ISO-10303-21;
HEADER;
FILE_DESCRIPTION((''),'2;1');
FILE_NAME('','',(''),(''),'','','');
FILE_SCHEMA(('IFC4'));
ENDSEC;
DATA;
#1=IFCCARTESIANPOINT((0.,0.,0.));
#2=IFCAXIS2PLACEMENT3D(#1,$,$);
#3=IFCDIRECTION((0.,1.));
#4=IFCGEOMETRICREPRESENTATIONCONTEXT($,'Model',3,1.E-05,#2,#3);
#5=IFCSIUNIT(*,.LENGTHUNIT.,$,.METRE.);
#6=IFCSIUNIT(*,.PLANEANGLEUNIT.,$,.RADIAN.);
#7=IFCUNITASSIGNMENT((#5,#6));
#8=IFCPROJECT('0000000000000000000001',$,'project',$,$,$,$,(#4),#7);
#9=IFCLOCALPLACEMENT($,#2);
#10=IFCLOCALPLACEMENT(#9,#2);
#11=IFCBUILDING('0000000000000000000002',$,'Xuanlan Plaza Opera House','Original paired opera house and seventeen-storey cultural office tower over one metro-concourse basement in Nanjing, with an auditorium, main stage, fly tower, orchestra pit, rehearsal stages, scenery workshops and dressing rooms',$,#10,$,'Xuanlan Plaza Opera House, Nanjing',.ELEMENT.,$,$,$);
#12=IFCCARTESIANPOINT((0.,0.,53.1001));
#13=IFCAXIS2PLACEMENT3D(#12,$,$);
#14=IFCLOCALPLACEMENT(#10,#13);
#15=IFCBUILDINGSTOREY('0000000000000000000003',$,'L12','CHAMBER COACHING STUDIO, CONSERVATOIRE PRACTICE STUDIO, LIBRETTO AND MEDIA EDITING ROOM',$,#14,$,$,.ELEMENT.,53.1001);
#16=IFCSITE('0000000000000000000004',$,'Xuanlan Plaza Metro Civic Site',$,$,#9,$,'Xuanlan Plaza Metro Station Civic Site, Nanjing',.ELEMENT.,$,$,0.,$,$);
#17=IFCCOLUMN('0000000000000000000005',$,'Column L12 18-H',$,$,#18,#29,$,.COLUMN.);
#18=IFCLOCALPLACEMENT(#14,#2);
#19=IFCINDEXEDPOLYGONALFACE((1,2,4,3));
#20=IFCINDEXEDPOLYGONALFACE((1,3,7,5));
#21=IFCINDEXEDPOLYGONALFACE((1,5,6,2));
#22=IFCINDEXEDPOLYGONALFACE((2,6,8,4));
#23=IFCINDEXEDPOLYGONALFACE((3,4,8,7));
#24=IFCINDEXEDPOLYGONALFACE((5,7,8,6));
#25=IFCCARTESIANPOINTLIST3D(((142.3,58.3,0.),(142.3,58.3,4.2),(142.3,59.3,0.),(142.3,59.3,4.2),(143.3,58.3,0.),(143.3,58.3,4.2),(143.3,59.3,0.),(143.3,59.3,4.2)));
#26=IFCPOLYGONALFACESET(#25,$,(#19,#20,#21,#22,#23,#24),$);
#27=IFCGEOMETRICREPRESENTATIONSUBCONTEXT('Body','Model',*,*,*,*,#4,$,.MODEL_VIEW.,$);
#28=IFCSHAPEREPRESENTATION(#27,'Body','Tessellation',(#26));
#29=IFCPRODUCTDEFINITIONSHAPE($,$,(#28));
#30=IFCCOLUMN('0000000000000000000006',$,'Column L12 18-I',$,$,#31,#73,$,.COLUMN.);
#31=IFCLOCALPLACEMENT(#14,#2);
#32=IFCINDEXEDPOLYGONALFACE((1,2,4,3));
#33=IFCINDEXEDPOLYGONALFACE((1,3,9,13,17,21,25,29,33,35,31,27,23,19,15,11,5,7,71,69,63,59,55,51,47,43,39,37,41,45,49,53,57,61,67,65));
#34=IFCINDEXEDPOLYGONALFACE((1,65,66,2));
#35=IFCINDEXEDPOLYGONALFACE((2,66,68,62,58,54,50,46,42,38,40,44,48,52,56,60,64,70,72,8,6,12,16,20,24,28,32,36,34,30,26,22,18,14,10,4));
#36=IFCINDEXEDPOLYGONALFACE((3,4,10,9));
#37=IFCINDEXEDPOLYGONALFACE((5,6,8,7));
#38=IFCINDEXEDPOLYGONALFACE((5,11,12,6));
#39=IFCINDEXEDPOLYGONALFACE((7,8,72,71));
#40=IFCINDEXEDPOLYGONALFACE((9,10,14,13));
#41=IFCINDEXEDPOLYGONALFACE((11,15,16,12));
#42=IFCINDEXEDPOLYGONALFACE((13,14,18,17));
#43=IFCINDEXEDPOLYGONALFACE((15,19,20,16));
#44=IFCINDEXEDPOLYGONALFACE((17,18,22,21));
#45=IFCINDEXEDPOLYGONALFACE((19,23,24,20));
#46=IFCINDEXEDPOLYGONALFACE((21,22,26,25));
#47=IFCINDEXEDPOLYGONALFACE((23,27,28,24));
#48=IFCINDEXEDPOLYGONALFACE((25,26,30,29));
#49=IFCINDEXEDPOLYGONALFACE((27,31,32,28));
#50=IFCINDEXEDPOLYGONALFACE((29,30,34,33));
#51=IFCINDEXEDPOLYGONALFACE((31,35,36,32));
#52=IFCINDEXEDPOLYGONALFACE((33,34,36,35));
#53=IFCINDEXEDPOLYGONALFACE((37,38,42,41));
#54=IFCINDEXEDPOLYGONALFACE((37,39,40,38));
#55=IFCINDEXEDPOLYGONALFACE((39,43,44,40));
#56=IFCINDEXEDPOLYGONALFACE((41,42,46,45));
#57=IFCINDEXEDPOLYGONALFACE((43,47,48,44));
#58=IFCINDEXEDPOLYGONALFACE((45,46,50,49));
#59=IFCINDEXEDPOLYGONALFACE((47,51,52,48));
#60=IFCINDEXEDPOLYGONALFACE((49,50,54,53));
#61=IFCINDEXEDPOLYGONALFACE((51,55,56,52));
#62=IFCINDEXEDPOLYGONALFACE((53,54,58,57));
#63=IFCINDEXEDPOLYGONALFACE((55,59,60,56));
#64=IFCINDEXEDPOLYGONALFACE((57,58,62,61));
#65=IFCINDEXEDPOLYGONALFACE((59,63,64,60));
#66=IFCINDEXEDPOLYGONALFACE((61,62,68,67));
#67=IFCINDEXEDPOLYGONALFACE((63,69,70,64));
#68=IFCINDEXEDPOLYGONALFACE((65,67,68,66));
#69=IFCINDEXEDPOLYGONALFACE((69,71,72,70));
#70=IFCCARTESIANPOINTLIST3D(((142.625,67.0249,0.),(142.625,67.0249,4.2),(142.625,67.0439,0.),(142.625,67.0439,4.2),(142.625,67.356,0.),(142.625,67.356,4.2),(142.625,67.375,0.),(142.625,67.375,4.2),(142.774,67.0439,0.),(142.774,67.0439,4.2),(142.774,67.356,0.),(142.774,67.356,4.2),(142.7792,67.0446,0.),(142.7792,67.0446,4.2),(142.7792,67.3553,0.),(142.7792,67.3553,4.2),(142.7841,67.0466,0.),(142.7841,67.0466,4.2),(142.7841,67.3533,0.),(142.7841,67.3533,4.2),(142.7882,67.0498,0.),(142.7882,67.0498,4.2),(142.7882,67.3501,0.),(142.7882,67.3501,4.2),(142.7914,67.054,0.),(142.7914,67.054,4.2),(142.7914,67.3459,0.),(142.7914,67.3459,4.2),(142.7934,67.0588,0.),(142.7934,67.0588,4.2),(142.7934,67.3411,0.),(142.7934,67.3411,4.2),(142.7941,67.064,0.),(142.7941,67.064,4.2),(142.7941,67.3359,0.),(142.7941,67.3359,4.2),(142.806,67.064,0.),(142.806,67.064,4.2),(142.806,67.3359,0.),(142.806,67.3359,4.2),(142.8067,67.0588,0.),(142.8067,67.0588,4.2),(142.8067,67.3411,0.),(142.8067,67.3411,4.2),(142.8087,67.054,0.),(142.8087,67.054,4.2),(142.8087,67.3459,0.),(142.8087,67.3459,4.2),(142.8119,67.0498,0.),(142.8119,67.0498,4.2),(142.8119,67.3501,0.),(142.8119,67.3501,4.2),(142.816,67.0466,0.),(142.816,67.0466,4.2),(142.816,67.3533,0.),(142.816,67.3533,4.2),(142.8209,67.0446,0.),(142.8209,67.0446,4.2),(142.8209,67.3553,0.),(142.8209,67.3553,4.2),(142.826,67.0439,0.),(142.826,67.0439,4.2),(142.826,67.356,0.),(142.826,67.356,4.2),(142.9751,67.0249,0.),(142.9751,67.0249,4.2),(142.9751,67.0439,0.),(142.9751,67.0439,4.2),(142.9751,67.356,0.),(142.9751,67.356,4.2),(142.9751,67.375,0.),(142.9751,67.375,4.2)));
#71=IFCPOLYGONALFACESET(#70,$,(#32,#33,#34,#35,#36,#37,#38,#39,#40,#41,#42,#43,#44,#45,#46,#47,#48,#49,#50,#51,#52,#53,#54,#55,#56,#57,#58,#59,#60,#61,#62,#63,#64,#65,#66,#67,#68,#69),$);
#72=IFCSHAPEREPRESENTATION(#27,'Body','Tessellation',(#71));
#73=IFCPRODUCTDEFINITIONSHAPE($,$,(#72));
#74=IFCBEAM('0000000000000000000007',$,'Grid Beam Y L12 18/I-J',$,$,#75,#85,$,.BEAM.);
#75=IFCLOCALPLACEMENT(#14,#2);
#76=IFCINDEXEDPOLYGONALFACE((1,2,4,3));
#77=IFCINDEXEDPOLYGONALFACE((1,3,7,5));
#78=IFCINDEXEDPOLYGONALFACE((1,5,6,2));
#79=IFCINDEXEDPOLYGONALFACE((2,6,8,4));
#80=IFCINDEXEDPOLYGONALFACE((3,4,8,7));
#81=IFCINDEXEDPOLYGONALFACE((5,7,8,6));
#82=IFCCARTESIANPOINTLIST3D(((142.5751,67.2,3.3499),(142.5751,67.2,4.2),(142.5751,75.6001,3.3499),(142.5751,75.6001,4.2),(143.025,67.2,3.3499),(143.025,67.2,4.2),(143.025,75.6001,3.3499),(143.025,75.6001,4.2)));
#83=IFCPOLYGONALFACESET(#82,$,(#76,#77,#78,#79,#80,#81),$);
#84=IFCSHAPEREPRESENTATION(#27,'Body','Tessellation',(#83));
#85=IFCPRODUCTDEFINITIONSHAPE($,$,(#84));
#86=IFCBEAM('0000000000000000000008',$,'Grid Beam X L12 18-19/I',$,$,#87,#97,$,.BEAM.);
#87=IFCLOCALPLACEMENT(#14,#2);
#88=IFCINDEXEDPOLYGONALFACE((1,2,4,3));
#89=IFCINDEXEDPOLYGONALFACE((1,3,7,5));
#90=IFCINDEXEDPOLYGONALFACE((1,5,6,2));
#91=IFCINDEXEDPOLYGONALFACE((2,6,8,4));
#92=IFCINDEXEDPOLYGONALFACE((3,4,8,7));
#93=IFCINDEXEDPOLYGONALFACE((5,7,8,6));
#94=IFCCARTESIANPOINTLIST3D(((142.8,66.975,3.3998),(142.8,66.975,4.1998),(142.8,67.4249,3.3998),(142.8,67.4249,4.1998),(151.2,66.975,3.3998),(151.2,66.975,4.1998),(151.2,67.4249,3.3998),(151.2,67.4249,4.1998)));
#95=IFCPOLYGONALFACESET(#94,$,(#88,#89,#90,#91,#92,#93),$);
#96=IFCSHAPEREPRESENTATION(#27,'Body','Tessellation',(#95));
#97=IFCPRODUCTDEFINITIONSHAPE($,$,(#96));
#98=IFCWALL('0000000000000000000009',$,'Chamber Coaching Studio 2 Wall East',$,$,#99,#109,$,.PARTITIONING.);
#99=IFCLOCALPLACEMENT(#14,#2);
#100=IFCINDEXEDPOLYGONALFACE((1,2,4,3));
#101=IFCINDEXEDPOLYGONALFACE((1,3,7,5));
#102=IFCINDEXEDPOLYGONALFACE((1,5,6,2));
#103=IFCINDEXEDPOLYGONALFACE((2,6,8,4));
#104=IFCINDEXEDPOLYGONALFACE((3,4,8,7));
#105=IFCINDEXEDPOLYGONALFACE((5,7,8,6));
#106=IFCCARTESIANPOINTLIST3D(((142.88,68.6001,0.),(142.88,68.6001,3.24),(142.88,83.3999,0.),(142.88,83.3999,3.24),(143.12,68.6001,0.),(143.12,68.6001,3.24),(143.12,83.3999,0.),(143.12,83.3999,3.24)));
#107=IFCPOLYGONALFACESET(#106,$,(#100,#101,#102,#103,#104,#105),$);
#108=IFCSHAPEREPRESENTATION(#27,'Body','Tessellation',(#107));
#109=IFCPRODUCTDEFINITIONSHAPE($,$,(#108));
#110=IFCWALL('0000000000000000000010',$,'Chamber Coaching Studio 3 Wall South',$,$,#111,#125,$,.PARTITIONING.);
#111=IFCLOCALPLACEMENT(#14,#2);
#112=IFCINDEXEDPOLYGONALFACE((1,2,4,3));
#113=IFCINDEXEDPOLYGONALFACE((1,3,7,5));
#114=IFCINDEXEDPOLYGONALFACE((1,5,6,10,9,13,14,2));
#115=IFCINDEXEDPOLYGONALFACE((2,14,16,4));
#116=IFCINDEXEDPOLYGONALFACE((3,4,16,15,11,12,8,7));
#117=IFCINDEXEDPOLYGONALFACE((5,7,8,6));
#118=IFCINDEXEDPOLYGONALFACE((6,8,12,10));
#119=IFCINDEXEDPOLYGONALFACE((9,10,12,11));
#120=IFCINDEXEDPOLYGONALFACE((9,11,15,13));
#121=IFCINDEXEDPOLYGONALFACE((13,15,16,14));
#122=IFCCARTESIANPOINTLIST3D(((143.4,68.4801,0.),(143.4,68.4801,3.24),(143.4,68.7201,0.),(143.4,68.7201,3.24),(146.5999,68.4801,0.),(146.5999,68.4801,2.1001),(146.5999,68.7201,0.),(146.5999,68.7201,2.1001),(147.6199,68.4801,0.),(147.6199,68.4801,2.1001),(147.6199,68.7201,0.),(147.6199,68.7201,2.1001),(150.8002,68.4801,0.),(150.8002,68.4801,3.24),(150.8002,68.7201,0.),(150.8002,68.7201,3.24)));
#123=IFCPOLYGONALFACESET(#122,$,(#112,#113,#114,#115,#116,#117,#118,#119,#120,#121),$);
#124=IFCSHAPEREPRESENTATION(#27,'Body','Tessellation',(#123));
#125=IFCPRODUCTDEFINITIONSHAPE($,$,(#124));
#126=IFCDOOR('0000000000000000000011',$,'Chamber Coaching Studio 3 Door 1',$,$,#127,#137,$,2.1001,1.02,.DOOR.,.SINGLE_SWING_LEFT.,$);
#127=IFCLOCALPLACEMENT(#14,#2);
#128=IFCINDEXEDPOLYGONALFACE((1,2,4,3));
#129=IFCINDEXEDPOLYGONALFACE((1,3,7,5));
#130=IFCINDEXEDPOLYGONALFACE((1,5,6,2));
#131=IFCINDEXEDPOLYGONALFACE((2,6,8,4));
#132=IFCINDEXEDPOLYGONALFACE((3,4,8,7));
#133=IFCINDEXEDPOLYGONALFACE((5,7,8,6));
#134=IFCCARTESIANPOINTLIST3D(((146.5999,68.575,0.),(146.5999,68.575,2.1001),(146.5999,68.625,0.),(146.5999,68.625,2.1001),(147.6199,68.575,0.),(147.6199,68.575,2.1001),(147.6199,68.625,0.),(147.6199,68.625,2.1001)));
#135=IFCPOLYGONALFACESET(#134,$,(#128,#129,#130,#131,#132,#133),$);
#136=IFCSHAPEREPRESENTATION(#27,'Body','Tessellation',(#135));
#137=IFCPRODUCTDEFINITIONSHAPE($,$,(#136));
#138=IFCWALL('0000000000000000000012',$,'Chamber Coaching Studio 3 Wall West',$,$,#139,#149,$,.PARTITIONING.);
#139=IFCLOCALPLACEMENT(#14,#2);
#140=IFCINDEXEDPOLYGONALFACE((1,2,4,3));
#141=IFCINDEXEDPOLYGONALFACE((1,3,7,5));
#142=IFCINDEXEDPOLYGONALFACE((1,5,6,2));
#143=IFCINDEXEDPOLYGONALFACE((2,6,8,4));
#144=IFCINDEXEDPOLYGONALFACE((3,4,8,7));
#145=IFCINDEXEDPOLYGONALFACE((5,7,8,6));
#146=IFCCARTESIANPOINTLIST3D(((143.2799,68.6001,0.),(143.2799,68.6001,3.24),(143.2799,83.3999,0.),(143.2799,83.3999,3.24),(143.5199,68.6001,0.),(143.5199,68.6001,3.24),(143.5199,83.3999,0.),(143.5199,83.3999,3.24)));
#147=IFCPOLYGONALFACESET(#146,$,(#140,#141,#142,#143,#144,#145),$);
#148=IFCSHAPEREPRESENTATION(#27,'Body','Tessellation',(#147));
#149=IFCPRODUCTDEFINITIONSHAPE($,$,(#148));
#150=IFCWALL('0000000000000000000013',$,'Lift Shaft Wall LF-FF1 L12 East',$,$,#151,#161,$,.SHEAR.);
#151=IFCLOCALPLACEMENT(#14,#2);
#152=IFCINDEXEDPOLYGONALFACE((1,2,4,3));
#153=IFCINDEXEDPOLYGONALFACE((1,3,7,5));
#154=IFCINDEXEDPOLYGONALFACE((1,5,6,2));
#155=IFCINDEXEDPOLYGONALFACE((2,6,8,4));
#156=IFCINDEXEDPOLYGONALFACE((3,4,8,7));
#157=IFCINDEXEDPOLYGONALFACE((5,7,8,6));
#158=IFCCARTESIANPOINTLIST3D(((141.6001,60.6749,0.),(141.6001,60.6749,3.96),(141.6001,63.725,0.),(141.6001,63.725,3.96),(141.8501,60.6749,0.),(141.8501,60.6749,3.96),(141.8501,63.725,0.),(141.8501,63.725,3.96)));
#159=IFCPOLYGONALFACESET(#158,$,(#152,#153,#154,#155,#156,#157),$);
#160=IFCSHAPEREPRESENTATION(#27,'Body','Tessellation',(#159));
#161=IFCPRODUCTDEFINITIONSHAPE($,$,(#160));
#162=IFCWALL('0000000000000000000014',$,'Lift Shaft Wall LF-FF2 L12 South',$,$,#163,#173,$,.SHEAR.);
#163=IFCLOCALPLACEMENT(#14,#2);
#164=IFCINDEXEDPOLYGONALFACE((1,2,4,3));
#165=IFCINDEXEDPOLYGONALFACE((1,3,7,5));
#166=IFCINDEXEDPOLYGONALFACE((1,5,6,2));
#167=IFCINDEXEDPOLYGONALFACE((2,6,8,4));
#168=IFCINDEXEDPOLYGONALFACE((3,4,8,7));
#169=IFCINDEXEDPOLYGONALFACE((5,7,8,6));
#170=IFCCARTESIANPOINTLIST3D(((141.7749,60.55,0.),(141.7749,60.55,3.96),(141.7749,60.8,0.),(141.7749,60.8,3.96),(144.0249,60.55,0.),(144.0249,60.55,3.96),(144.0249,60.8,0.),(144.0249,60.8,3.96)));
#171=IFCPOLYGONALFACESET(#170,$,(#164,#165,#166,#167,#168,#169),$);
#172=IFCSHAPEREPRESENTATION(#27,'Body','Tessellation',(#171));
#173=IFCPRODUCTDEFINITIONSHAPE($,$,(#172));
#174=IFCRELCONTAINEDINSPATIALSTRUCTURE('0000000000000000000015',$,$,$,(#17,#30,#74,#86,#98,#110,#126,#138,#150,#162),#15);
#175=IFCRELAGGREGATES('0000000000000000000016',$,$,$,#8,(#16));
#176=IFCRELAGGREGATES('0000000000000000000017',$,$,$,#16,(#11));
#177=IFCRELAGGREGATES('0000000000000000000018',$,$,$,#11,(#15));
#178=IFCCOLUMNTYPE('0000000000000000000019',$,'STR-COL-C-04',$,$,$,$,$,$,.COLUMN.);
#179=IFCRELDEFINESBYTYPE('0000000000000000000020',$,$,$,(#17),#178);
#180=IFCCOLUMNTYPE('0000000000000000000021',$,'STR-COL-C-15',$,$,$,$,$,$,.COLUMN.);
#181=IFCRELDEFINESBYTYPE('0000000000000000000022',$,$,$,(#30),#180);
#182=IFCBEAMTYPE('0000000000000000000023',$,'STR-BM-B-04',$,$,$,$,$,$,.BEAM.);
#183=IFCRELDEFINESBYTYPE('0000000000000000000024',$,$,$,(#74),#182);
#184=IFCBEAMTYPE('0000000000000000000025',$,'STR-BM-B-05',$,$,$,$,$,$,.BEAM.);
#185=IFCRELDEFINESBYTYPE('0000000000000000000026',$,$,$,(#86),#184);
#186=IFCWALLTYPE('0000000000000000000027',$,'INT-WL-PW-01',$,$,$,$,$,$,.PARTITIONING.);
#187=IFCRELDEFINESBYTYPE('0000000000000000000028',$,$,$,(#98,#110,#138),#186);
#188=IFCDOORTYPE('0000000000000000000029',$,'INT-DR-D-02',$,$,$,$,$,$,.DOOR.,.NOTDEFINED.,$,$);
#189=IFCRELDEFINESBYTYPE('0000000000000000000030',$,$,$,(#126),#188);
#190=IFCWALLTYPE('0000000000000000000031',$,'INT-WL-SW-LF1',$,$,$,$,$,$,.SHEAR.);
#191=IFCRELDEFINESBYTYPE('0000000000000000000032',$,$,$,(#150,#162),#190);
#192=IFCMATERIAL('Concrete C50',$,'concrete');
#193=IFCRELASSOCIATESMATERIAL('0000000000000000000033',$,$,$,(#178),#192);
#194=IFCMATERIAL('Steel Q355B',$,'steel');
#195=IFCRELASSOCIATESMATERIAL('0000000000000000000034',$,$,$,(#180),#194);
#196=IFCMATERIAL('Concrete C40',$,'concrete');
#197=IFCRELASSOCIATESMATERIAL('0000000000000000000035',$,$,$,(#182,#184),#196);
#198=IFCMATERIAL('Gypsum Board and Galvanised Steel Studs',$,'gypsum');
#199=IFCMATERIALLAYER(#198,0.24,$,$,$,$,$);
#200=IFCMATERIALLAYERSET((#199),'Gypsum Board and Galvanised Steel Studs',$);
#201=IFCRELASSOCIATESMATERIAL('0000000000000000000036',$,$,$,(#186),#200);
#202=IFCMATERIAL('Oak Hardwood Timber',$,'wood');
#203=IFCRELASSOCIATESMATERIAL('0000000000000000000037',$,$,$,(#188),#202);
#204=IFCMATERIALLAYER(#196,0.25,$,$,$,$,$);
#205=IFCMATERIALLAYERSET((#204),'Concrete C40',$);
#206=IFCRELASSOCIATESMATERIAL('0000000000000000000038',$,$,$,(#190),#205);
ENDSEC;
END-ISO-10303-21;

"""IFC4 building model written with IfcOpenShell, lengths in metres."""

from ifc_helpers import new_model, si_unit, direction, frame, frame_2d, origin, origin_2d, place, context, subcontext, project, spatial, rectangle, i_section, extrude, material, layer, layer_set, material_profile, profile_set, type_object, element, fill, save


model = new_model("IFC4")

# Units and contexts
model_context = context("Model", 3, precision=1e-05, world=origin(), true_north=direction((0.0, 1.0)))
body_context = subcontext(model_context, "Body", "Model", "MODEL_VIEW")
ifc_project = project(units=[si_unit("LENGTHUNIT", "METRE"), si_unit("PLANEANGLEUNIT", "RADIAN")], contexts=[model_context])

# Site, building, storey
site_placement = place(None, origin())
site = spatial("IfcSite", under=ifc_project, at=site_placement, Name="Xuanlan Plaza Metro Civic Site", LongName="Xuanlan Plaza Metro Station Civic Site, Nanjing", CompositionType="ELEMENT", RefElevation=0.0)
building_placement = place(site_placement, origin())
building = spatial("IfcBuilding", under=site, at=building_placement, Name="Xuanlan Plaza Opera House", Description="Original paired opera house and seventeen-storey cultural office tower over one metro-concourse basement in Nanjing, with an auditorium, main stage, fly tower, orchestra pit, rehearsal stages, scenery workshops and dressing rooms", LongName="Xuanlan Plaza Opera House, Nanjing", CompositionType="ELEMENT")
storey_placement = place(building_placement, frame((0.0, 0.0, 53.1001)))
storey = spatial("IfcBuildingStorey", under=building, at=storey_placement, Name="L12", Description="CHAMBER COACHING STUDIO, CONSERVATOIRE PRACTICE STUDIO, LIBRETTO AND MEDIA EDITING ROOM", CompositionType="ELEMENT", Elevation=53.1001)

# Columns
ifc_material_1 = material(Name="Concrete C50", Category="concrete")
ifc_material_profile_1 = material_profile(ifc_material_1, rectangle(XDim=1.0, YDim=1.0, at=origin_2d()), Name="RC-COL 1000x1000")
ifc_profile_set_1 = profile_set([ifc_material_profile_1], Name="Concrete C50")
column_type_1 = type_object("IfcColumnType", Name="STR-COL-C-04", PredefinedType="COLUMN", material=ifc_profile_set_1)
column_1_placement = place(storey_placement, frame((142.8, 58.8, 0.0), z_axis=(0.0, 0.0, 1.0), x_axis=(1.0, 0.0, 0.0)))
element("IfcColumn", 1, at=column_1_placement, inside=storey, type_object=column_type_1, Name="Column L12 18-H", PredefinedType="COLUMN", context=body_context, shape_type="SweptSolid", body=[
    extrude(rectangle(XDim=1.0, YDim=1.0, at=origin_2d()), origin(), (0.0, 0.0, 1.0), 4.2),
])
ifc_material_2 = material(Name="Steel Q355B", Category="steel")
ifc_material_profile_2 = material_profile(ifc_material_2, i_section(OverallWidth=0.3501, OverallDepth=0.3501, WebThickness=0.012, FlangeThickness=0.019, FilletRadius=0.02, at=origin_2d()), Name="HW 350x350x12x19")
ifc_profile_set_2 = profile_set([ifc_material_profile_2], Name="Steel Q355B")
column_type_2 = type_object("IfcColumnType", Name="STR-COL-C-15", PredefinedType="COLUMN", material=ifc_profile_set_2)
column_2_placement = place(storey_placement, frame((142.8, 67.2, 0.0), z_axis=(0.0, 0.0, 1.0), x_axis=(1.0, 0.0, 0.0)))
element("IfcColumn", 2, at=column_2_placement, inside=storey, type_object=column_type_2, Name="Column L12 18-I", PredefinedType="COLUMN", context=body_context, shape_type="SweptSolid", body=[
    extrude(i_section(OverallWidth=0.3501, OverallDepth=0.3501, WebThickness=0.012, FlangeThickness=0.019, FilletRadius=0.02, at=origin_2d()), origin(), (0.0, 0.0, 1.0), 4.2),
])

# Beams
ifc_material_3 = material(Name="Concrete C40", Category="concrete")
ifc_material_profile_3 = material_profile(ifc_material_3, rectangle(XDim=0.45, YDim=0.8501, at=origin_2d()), Name="RC-BM 450x850")
ifc_profile_set_3 = profile_set([ifc_material_profile_3], Name="Concrete C40")
beam_type_1 = type_object("IfcBeamType", Name="STR-BM-B-04", PredefinedType="BEAM", material=ifc_profile_set_3)
beam_1_placement = place(storey_placement, frame((142.8, 67.2, 3.7749), z_axis=(0.0, 1.0, 0.0), x_axis=(-1.0, 0.0, 0.0)))
element("IfcBeam", 3, at=beam_1_placement, inside=storey, type_object=beam_type_1, Name="Grid Beam Y L12 18/I-J", PredefinedType="BEAM", context=body_context, shape_type="SweptSolid", body=[
    extrude(rectangle(XDim=0.45, YDim=0.8501, at=origin_2d()), origin(), (0.0, 0.0, 1.0), 8.4001),
])
ifc_material_profile_4 = material_profile(ifc_material_3, rectangle(XDim=0.45, YDim=0.8, at=origin_2d()), Name="RC-BM 450x800")
ifc_profile_set_4 = profile_set([ifc_material_profile_4], Name="Concrete C40")
beam_type_2 = type_object("IfcBeamType", Name="STR-BM-B-05", PredefinedType="BEAM", material=ifc_profile_set_4)
beam_2_placement = place(storey_placement, frame((142.8, 67.2, 3.7998), z_axis=(1.0, 0.0, 0.0), x_axis=(0.0, 1.0, 0.0)))
element("IfcBeam", 4, at=beam_2_placement, inside=storey, type_object=beam_type_2, Name="Grid Beam X L12 18-19/I", PredefinedType="BEAM", context=body_context, shape_type="SweptSolid", body=[
    extrude(rectangle(XDim=0.45, YDim=0.8, at=origin_2d()), origin(), (0.0, 0.0, 1.0), 8.3999),
])

# Wall
ifc_material_4 = material(Name="Gypsum Board and Galvanised Steel Studs", Category="gypsum")
ifc_layer_1 = layer(ifc_material_4, 0.24)
ifc_layer_set_1 = layer_set([ifc_layer_1], Name="Gypsum Board and Galvanised Steel Studs")
wall_type_1 = type_object("IfcWallType", Name="INT-WL-PW-01", PredefinedType="PARTITIONING", material=ifc_layer_set_1)
wall_1_placement = place(storey_placement, frame((143.0, 68.6001, 0.0), z_axis=(0.0, 0.0, 1.0), x_axis=(0.0, 1.0, 0.0)))
element("IfcWall", 5, at=wall_1_placement, inside=storey, type_object=wall_type_1, Name="Chamber Coaching Studio 2 Wall East", PredefinedType="PARTITIONING", context=body_context, shape_type="SweptSolid", body=[
    extrude(rectangle(XDim=14.7998, YDim=0.24, at=frame_2d((7.3999, 0.0))), origin(), (0.0, 0.0, 1.0), 3.24),
])

# Wall, opening, door
wall_2_placement = place(storey_placement, frame((143.3999, 68.6001, 0.0), z_axis=(0.0, 0.0, 1.0), x_axis=(1.0, 0.0, 0.0)))
wall_2 = element("IfcWall", 6, at=wall_2_placement, inside=storey, type_object=wall_type_1, Name="Chamber Coaching Studio 3 Wall South", PredefinedType="PARTITIONING", context=body_context, shape_type="SweptSolid", body=[
    extrude(rectangle(XDim=7.4001, YDim=0.24, at=frame_2d((3.7002, 0.0))), origin(), (0.0, 0.0, 1.0), 3.24),
])
opening_1_placement = place(wall_2_placement, frame((3.2, 0.0, 0.0)))
opening_1 = element("IfcOpeningElement", 7, at=opening_1_placement, cuts=wall_2, PredefinedType="OPENING", context=body_context, shape_type="SweptSolid", body=[
    extrude(rectangle(XDim=1.02, YDim=2.1001, at=frame_2d((0.51, 1.05))), frame((0.0, 0.1299, 0.0), z_axis=(0.0, -1.0, 0.0), x_axis=(1.0, 0.0, 0.0)), (0.0, 0.0, 1.0), 0.26),
])
ifc_material_5 = material(Name="Oak Hardwood Timber", Category="wood")
door_type_1 = type_object("IfcDoorType", Name="INT-DR-D-02", OperationType="NOTDEFINED", PredefinedType="DOOR", material=ifc_material_5)
door_1_placement = place(opening_1_placement, origin())
door_1 = element("IfcDoor", 8, at=door_1_placement, inside=storey, type_object=door_type_1, Name="Chamber Coaching Studio 3 Door 1", OperationType="SINGLE_SWING_LEFT", OverallHeight=2.1001, OverallWidth=1.02, PredefinedType="DOOR", context=body_context, shape_type="SweptSolid", body=[
    extrude(rectangle(XDim=1.02, YDim=2.1001, at=frame_2d((0.51, 1.05))), frame((0.0, 0.0249, 0.0), z_axis=(0.0, -1.0, 0.0), x_axis=(1.0, 0.0, 0.0)), (0.0, 0.0, 1.0), 0.05),
])
fill(opening_1, door_1)

# Walls
wall_3_placement = place(storey_placement, frame((143.3999, 68.6001, 0.0), z_axis=(0.0, 0.0, 1.0), x_axis=(0.0, 1.0, 0.0)))
element("IfcWall", 9, at=wall_3_placement, inside=storey, type_object=wall_type_1, Name="Chamber Coaching Studio 3 Wall West", PredefinedType="PARTITIONING", context=body_context, shape_type="SweptSolid", body=[
    extrude(rectangle(XDim=14.7998, YDim=0.24, at=frame_2d((7.3999, 0.0))), origin(), (0.0, 0.0, 1.0), 3.24),
])
ifc_layer_2 = layer(ifc_material_3, 0.25)
ifc_layer_set_2 = layer_set([ifc_layer_2], Name="Concrete C40")
wall_type_2 = type_object("IfcWallType", Name="INT-WL-SW-LF1", PredefinedType="SHEAR", material=ifc_layer_set_2)
wall_4_placement = place(storey_placement, frame((141.7251, 60.675, 0.0), z_axis=(0.0, 0.0, 1.0), x_axis=(0.0, 1.0, 0.0)))
element("IfcWall", 10, at=wall_4_placement, inside=storey, type_object=wall_type_2, Name="Lift Shaft Wall LF-FF1 L12 East", PredefinedType="SHEAR", context=body_context, shape_type="SweptSolid", body=[
    extrude(rectangle(XDim=3.05, YDim=0.25, at=frame_2d((1.5249, 0.0))), origin(), (0.0, 0.0, 1.0), 3.96),
])
wall_5_placement = place(storey_placement, frame((141.7749, 60.675, 0.0), z_axis=(0.0, 0.0, 1.0), x_axis=(1.0, 0.0, 0.0)))
element("IfcWall", 11, at=wall_5_placement, inside=storey, type_object=wall_type_2, Name="Lift Shaft Wall LF-FF2 L12 South", PredefinedType="SHEAR", context=body_context, shape_type="SweptSolid", body=[
    extrude(rectangle(XDim=2.25, YDim=0.25, at=frame_2d((1.125, 0.0))), origin(), (0.0, 0.0, 1.0), 3.96),
])

save(model, "model.ifc")
